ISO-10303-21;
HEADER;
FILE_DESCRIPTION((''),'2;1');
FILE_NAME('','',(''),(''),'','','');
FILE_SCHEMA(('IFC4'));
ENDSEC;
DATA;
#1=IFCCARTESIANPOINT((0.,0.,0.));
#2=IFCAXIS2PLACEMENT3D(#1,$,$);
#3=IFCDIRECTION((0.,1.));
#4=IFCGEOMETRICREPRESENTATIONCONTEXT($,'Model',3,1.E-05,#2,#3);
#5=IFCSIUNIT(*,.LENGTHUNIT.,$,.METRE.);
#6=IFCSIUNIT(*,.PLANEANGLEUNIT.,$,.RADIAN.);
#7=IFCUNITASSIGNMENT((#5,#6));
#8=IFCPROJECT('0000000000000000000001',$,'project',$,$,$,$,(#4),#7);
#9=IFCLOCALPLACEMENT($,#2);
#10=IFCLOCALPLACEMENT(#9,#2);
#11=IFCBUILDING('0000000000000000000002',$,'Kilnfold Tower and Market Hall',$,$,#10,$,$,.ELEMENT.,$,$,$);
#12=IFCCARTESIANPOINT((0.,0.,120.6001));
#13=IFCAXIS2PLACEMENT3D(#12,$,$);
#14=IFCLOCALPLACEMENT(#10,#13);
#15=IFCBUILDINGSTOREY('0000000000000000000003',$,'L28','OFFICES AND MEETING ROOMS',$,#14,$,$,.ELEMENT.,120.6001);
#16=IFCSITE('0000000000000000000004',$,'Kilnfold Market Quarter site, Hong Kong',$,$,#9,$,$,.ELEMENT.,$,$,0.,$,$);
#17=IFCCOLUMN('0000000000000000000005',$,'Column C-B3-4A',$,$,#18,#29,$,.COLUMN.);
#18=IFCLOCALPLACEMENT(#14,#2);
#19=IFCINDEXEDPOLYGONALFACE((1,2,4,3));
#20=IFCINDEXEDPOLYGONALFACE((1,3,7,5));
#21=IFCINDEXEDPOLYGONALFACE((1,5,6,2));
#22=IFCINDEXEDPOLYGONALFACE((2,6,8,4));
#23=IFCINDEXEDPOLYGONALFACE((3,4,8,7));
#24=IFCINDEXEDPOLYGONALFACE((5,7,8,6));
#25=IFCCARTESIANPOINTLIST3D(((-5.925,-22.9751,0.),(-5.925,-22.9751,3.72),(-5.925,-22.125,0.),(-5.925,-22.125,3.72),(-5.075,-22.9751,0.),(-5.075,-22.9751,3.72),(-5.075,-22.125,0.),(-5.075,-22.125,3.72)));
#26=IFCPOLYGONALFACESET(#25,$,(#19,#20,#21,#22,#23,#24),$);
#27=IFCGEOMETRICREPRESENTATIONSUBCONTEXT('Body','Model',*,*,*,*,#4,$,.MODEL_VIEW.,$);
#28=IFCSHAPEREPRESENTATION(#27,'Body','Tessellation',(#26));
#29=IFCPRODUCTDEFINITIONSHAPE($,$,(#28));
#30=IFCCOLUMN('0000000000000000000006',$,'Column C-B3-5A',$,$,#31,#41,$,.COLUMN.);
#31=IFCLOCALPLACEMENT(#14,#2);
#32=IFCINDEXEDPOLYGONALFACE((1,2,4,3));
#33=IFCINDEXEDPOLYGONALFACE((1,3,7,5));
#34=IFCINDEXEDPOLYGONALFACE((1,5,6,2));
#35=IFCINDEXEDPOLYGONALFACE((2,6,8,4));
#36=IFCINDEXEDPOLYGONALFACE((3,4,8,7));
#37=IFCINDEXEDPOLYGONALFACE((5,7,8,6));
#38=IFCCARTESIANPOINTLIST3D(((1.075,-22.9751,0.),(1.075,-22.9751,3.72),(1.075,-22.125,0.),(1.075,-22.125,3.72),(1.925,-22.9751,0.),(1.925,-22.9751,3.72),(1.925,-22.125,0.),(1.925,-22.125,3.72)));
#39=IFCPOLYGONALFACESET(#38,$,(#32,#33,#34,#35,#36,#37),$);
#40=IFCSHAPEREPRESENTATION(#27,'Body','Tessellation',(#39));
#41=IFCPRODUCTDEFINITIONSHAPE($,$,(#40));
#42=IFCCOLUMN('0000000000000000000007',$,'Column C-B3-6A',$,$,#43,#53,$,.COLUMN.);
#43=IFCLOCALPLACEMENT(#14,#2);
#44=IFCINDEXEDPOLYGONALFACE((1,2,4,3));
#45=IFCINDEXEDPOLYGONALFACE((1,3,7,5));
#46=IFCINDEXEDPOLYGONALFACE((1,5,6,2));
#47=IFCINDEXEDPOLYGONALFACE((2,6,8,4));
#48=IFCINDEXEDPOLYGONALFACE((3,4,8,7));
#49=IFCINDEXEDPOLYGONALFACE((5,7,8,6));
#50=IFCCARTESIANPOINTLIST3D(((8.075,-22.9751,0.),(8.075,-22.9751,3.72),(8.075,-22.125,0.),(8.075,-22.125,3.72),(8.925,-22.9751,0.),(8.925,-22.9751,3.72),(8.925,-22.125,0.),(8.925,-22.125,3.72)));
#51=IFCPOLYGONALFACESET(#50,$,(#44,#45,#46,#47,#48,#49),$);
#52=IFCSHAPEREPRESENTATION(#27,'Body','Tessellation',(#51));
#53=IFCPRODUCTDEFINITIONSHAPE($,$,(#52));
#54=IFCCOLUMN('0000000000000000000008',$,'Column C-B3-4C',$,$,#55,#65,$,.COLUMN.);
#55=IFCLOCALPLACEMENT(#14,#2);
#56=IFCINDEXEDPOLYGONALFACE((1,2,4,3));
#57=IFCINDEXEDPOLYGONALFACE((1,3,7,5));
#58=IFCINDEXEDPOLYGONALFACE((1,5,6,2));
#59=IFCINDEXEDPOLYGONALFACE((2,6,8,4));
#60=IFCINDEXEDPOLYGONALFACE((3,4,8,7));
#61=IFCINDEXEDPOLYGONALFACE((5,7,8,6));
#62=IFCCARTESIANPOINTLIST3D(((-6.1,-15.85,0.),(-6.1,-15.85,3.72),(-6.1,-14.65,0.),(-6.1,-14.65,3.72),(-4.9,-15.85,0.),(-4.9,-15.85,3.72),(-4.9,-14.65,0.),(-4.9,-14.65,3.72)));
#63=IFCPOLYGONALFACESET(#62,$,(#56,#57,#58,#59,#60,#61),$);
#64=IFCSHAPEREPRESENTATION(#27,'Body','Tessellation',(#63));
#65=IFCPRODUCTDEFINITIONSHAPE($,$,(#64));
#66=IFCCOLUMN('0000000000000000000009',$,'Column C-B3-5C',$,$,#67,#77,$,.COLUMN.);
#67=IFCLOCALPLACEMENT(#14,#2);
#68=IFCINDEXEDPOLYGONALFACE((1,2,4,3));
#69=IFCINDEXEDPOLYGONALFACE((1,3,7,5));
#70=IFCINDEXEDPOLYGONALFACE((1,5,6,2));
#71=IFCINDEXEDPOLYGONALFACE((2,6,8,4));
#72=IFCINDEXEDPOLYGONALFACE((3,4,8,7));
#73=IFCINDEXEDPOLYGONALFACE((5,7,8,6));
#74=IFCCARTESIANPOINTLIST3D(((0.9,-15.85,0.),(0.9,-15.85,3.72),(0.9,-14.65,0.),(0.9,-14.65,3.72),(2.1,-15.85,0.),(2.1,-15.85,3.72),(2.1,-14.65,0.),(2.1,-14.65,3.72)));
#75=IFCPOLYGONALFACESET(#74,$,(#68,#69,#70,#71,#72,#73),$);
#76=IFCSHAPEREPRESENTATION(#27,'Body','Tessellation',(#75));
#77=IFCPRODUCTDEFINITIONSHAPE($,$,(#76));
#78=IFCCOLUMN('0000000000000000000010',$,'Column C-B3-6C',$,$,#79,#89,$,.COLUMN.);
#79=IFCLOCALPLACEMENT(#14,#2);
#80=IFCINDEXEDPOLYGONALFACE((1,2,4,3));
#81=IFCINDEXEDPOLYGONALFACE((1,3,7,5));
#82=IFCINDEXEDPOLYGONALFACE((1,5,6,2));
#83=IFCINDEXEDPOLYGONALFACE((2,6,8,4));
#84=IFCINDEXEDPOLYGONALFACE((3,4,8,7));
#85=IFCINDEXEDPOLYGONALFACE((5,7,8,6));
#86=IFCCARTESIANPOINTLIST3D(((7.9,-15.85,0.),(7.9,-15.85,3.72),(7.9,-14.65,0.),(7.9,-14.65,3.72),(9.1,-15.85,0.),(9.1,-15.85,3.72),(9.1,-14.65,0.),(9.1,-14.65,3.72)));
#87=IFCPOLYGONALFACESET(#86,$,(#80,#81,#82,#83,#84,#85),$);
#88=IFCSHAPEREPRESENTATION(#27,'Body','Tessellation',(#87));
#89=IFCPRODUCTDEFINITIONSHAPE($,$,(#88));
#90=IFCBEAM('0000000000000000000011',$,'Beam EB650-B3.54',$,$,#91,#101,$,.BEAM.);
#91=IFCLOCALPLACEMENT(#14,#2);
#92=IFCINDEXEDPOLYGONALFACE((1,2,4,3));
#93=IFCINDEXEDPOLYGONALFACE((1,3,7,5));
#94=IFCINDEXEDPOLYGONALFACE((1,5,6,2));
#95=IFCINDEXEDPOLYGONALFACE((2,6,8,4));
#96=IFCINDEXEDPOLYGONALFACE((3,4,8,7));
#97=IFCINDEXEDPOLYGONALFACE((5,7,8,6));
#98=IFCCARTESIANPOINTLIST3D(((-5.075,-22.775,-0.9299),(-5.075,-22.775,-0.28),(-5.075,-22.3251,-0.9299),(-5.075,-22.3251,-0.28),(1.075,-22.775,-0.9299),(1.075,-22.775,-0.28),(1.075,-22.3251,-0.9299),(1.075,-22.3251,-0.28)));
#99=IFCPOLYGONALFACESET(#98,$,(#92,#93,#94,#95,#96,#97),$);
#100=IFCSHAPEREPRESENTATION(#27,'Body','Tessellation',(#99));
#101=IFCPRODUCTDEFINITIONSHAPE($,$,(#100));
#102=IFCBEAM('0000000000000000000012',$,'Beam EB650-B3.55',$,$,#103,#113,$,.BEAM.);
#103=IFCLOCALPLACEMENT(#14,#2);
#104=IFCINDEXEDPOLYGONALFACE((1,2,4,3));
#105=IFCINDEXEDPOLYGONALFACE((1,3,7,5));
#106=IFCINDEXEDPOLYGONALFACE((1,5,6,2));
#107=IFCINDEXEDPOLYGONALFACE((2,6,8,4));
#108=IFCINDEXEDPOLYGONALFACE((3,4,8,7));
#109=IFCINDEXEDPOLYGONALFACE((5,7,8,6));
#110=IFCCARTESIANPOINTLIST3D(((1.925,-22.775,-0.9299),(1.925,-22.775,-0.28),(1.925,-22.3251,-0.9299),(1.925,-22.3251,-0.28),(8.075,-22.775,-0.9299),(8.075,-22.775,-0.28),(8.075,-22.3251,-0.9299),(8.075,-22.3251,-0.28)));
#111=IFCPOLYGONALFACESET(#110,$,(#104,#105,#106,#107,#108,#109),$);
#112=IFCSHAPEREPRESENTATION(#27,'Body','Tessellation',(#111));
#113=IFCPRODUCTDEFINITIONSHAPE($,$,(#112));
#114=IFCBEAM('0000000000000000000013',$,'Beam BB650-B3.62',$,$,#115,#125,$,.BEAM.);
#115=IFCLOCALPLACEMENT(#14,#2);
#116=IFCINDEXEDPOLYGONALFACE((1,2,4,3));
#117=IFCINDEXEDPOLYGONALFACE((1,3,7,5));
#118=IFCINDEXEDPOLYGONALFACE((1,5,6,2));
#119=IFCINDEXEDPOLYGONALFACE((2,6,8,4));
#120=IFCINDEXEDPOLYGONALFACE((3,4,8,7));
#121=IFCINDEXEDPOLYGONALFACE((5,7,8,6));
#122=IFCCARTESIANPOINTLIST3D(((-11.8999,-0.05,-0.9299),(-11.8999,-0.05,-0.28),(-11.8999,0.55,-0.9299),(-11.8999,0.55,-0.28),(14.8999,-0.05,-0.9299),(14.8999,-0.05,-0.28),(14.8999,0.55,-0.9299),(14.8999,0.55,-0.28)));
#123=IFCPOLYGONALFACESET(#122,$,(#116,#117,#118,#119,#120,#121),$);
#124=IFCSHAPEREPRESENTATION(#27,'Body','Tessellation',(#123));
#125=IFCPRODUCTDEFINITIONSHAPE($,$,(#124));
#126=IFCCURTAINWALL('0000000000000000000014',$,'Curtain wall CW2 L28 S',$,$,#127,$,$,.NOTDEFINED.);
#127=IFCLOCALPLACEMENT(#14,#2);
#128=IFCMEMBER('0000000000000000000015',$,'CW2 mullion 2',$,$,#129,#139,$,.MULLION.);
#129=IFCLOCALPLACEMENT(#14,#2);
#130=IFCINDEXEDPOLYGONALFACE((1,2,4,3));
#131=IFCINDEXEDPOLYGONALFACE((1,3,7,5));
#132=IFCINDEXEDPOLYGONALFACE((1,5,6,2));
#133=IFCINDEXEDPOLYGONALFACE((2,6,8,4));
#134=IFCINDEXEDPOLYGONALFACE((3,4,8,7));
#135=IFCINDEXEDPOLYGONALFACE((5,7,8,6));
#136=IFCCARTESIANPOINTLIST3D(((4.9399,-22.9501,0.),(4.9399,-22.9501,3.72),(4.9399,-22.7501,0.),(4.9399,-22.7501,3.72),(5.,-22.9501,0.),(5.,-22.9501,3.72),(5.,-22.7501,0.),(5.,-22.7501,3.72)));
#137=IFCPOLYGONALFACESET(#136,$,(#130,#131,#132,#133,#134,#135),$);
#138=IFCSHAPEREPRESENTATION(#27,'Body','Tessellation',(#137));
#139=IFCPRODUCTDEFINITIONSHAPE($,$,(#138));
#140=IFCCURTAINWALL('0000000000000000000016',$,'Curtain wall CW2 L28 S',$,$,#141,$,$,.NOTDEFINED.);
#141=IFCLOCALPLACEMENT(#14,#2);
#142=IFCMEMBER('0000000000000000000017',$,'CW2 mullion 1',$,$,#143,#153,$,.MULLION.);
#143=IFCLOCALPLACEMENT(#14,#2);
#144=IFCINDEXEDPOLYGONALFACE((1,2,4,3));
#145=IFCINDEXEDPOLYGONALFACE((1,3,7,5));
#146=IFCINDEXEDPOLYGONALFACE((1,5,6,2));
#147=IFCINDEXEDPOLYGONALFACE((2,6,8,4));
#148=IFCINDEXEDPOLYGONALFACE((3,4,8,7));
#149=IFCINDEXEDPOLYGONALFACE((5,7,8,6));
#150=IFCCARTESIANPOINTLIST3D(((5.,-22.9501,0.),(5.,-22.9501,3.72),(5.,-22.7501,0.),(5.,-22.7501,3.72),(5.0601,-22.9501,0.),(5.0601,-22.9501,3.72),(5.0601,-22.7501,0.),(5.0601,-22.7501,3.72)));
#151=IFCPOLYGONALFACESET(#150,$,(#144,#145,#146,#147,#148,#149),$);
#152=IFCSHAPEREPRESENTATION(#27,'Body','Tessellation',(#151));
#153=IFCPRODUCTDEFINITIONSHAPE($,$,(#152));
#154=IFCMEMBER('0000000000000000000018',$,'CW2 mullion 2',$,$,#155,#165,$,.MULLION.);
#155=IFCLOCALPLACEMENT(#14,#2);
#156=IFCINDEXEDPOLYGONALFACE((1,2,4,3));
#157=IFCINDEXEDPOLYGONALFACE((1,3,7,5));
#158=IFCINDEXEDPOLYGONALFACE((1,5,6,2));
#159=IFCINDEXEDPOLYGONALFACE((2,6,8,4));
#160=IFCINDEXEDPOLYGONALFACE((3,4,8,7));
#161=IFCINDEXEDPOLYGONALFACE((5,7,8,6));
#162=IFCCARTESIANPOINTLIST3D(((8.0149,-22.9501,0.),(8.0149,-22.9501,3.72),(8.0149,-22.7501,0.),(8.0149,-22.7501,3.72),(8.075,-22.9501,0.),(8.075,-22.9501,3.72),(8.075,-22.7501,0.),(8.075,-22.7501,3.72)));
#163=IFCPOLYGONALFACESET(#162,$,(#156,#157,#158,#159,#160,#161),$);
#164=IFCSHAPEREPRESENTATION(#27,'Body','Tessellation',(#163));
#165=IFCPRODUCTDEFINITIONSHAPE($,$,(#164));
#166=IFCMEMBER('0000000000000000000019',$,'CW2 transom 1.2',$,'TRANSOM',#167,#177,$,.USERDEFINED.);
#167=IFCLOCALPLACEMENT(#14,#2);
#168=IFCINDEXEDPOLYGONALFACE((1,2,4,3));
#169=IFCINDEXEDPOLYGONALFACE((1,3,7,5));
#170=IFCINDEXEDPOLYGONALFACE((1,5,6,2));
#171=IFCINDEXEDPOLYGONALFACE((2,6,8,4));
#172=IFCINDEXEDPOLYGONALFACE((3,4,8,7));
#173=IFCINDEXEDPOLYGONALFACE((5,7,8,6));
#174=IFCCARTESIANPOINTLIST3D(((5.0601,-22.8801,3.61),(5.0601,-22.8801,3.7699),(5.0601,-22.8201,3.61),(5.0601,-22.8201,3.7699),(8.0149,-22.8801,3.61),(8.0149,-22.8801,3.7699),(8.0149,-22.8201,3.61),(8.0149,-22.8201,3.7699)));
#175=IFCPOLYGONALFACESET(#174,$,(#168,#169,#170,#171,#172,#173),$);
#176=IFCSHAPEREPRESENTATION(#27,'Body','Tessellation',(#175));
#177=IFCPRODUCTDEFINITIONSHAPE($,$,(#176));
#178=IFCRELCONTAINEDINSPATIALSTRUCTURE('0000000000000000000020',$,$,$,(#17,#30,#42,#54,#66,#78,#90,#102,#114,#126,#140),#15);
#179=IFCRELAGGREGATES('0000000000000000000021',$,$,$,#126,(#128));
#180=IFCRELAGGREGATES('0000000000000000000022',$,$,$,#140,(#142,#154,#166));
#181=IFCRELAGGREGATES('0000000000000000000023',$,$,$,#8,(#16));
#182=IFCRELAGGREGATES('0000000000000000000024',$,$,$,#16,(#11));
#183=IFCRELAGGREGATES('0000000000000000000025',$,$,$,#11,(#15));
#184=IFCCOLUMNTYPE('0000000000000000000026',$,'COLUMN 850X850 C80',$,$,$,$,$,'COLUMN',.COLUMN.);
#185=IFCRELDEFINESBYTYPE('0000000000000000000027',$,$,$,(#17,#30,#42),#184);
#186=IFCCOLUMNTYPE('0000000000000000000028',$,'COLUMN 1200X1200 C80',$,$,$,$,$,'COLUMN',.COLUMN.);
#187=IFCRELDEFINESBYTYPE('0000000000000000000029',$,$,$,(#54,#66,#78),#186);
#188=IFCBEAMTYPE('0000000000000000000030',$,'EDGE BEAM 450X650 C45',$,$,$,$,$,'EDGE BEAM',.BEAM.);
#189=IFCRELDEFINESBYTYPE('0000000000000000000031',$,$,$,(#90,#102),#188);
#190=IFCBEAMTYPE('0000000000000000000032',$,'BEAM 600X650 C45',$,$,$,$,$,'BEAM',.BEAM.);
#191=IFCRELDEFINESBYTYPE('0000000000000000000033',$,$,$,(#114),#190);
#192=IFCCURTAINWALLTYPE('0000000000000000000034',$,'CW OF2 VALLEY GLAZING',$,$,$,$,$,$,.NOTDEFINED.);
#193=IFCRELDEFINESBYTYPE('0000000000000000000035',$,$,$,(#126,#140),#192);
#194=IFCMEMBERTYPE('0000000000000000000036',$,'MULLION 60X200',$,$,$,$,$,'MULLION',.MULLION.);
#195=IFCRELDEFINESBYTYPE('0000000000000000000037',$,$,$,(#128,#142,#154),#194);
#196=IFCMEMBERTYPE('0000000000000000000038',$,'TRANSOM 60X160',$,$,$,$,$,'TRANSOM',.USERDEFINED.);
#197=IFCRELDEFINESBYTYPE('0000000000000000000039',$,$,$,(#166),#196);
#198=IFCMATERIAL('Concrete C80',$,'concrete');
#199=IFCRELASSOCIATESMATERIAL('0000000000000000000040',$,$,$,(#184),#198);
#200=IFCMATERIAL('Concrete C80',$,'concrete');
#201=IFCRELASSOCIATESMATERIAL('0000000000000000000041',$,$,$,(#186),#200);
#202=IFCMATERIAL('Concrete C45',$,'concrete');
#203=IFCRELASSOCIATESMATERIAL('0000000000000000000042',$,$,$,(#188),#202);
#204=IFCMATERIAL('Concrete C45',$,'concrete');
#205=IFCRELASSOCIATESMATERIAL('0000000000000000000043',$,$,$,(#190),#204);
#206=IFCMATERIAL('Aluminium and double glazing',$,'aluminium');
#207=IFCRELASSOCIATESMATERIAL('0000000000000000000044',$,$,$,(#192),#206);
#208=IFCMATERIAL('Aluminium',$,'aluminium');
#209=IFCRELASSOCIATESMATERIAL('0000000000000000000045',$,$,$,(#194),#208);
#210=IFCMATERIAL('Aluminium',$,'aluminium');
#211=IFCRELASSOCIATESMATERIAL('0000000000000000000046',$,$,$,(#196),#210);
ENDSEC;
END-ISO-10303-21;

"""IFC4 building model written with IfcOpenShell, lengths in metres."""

from ifc_helpers import new_model, si_unit, direction, frame, origin, origin_2d, place, context, subcontext, project, spatial, rectangle, extrude, source, transform, mapped, material, material_profile, profile_set, type_object, element, aggregate, save


model = new_model("IFC4")

# Units and contexts
model_context = context("Model", 3, precision=1e-05, world=origin(), true_north=direction((0.0, 1.0)))
body_context = subcontext(model_context, "Body", "Model", "MODEL_VIEW")
ifc_project = project(units=[si_unit("LENGTHUNIT", "METRE"), si_unit("PLANEANGLEUNIT", "RADIAN")], contexts=[model_context])

# Site, building, storey
site_placement = place(None, origin())
site = spatial("IfcSite", under=ifc_project, at=site_placement, Name="Kilnfold Market Quarter site, Hong Kong", CompositionType="ELEMENT", RefElevation=0.0)
building_placement = place(site_placement, origin())
building = spatial("IfcBuilding", under=site, at=building_placement, Name="Kilnfold Tower and Market Hall", CompositionType="ELEMENT")
storey_placement = place(building_placement, frame((0.0, 0.0, 120.6001)))
storey = spatial("IfcBuildingStorey", under=building, at=storey_placement, Name="L28", Description="OFFICES AND MEETING ROOMS", CompositionType="ELEMENT", Elevation=120.6001)

# Columns
ifc_material_1 = material(Name="Concrete C80", Category="concrete")
ifc_material_profile_1 = material_profile(ifc_material_1, rectangle(XDim=0.8501, YDim=0.8501, at=origin_2d()), Name="RC 850x850")
ifc_profile_set_1 = profile_set([ifc_material_profile_1], Name="Concrete C80")
column_type_1 = type_object("IfcColumnType", Name="COLUMN 850X850 C80", ElementType="COLUMN", PredefinedType="COLUMN", material=ifc_profile_set_1)
shared_shape_1 = source(origin(), body_context, "Body", "SweptSolid", [
    extrude(rectangle(XDim=0.8501, YDim=0.8501, at=origin_2d()), origin(), (0.0, 0.0, 1.0), 3.72),
])
for number, where, z_axis, x_axis, name in (
    (1, (-5.5, -22.55, 0.0), (0.0, 0.0, 1.0), (1.0, 0.0, 0.0), "Column C-B3-4A"),
    (2, (1.5, -22.55, 0.0), (0.0, 0.0, 1.0), (1.0, 0.0, 0.0), "Column C-B3-5A"),
    (3, (8.5, -22.55, 0.0), (0.0, 0.0, 1.0), (1.0, 0.0, 0.0), "Column C-B3-6A"),
):
    element("IfcColumn", number, at=place(storey_placement, frame(where, z_axis=z_axis, x_axis=x_axis)), inside=storey, type_object=column_type_1, Name=name, PredefinedType="COLUMN", context=body_context, shape_type="MappedRepresentation", body=[
        mapped(shared_shape_1, transform((0.0, 0.0, 0.0))),
    ])
ifc_material_2 = material(Name="Concrete C80", Category="concrete")
ifc_material_profile_2 = material_profile(ifc_material_2, rectangle(XDim=1.2, YDim=1.2, at=origin_2d()), Name="RC 1200x1200")
ifc_profile_set_2 = profile_set([ifc_material_profile_2], Name="Concrete C80")
column_type_2 = type_object("IfcColumnType", Name="COLUMN 1200X1200 C80", ElementType="COLUMN", PredefinedType="COLUMN", material=ifc_profile_set_2)
shared_shape_2 = source(origin(), body_context, "Body", "SweptSolid", [
    extrude(rectangle(XDim=1.2, YDim=1.2, at=origin_2d()), origin(), (0.0, 0.0, 1.0), 3.72),
])
for number, where, z_axis, x_axis, name in (
    (4, (-5.5, -15.25, 0.0), (0.0, 0.0, 1.0), (1.0, 0.0, 0.0), "Column C-B3-4C"),
    (5, (1.5, -15.25, 0.0), (0.0, 0.0, 1.0), (1.0, 0.0, 0.0), "Column C-B3-5C"),
    (6, (8.5, -15.25, 0.0), (0.0, 0.0, 1.0), (1.0, 0.0, 0.0), "Column C-B3-6C"),
):
    element("IfcColumn", number, at=place(storey_placement, frame(where, z_axis=z_axis, x_axis=x_axis)), inside=storey, type_object=column_type_2, Name=name, PredefinedType="COLUMN", context=body_context, shape_type="MappedRepresentation", body=[
        mapped(shared_shape_2, transform((0.0, 0.0, 0.0))),
    ])

# Beams
ifc_material_3 = material(Name="Concrete C45", Category="concrete")
ifc_material_profile_3 = material_profile(ifc_material_3, rectangle(XDim=0.45, YDim=0.6499, at=origin_2d()), Name="RC 450x650")
ifc_profile_set_3 = profile_set([ifc_material_profile_3], Name="Concrete C45")
beam_type_1 = type_object("IfcBeamType", Name="EDGE BEAM 450X650 C45", ElementType="EDGE BEAM", PredefinedType="BEAM", material=ifc_profile_set_3)
shared_shape_3 = source(origin(), body_context, "Body", "SweptSolid", [
    extrude(rectangle(XDim=0.45, YDim=0.6499, at=origin_2d()), origin(), (0.0, 0.0, 1.0), 6.1499),
])
for number, where, z_axis, x_axis, name in (
    (7, (-5.075, -22.55, -0.605), (1.0, 0.0, 0.0), (0.0, 1.0, 0.0), "Beam EB650-B3.54"),
    (8, (1.925, -22.55, -0.605), (1.0, 0.0, 0.0), (0.0, 1.0, 0.0), "Beam EB650-B3.55"),
):
    element("IfcBeam", number, at=place(storey_placement, frame(where, z_axis=z_axis, x_axis=x_axis)), inside=storey, type_object=beam_type_1, Name=name, PredefinedType="BEAM", context=body_context, shape_type="MappedRepresentation", body=[
        mapped(shared_shape_3, transform((0.0, 0.0, 0.0))),
    ])
ifc_material_4 = material(Name="Concrete C45", Category="concrete")
ifc_material_profile_4 = material_profile(ifc_material_4, rectangle(XDim=0.6001, YDim=0.6499, at=origin_2d()), Name="RC 600x650")
ifc_profile_set_4 = profile_set([ifc_material_profile_4], Name="Concrete C45")
beam_type_2 = type_object("IfcBeamType", Name="BEAM 600X650 C45", ElementType="BEAM", PredefinedType="BEAM", material=ifc_profile_set_4)
shared_shape_4 = source(origin(), body_context, "Body", "SweptSolid", [
    extrude(rectangle(XDim=0.6001, YDim=0.6499, at=origin_2d()), origin(), (0.0, 0.0, 1.0), 26.7998),
])
beam_placement = place(storey_placement, frame((-11.8999, 0.25, -0.605), z_axis=(1.0, 0.0, 0.0), x_axis=(0.0, 1.0, 0.0)))
element("IfcBeam", 9, at=beam_placement, inside=storey, type_object=beam_type_2, Name="Beam BB650-B3.62", PredefinedType="BEAM", context=body_context, shape_type="MappedRepresentation", body=[
    mapped(shared_shape_4, transform((0.0, 0.0, 0.0))),
])

# Curtain wall, member
ifc_material_5 = material(Name="Aluminium and double glazing", Category="aluminium")
curtain_wall_type = type_object("IfcCurtainWallType", Name="CW OF2 VALLEY GLAZING", PredefinedType="NOTDEFINED", material=ifc_material_5)
curtain_wall_1_placement = place(storey_placement, origin())
curtain_wall_1 = element("IfcCurtainWall", 10, at=curtain_wall_1_placement, inside=storey, type_object=curtain_wall_type, Name="Curtain wall CW2 L28 S", PredefinedType="NOTDEFINED")
ifc_material_6 = material(Name="Aluminium", Category="aluminium")
ifc_material_profile_5 = material_profile(ifc_material_6, rectangle(XDim=0.0601, YDim=0.2, at=origin_2d()), Name="MULLION 60x200")
ifc_profile_set_5 = profile_set([ifc_material_profile_5], Name="Aluminium")
member_type_1 = type_object("IfcMemberType", Name="MULLION 60X200", ElementType="MULLION", PredefinedType="MULLION", material=ifc_profile_set_5)
shared_shape_5 = source(origin(), body_context, "Body", "SweptSolid", [
    extrude(rectangle(XDim=0.0601, YDim=0.2, at=origin_2d()), origin(), (0.0, 0.0, 1.0), 3.72),
])
member_1_placement = place(storey_placement, frame((4.97, -22.8501, 0.0), z_axis=(0.0, 0.0, 1.0), x_axis=(1.0, 0.0, 0.0)))
member_1 = element("IfcMember", 11, at=member_1_placement, type_object=member_type_1, Name="CW2 mullion 2", PredefinedType="MULLION", context=body_context, shape_type="MappedRepresentation", body=[
    mapped(shared_shape_5, transform((0.0, 0.0, 0.0))),
])
aggregate(curtain_wall_1, [member_1])

# Curtain wall, members
curtain_wall_2_placement = place(storey_placement, origin())
curtain_wall_2 = element("IfcCurtainWall", 12, at=curtain_wall_2_placement, inside=storey, type_object=curtain_wall_type, Name="Curtain wall CW2 L28 S", PredefinedType="NOTDEFINED")
member_2_placement = place(storey_placement, frame((5.03, -22.8501, 0.0), z_axis=(0.0, 0.0, 1.0), x_axis=(1.0, 0.0, 0.0)))
member_2 = element("IfcMember", 13, at=member_2_placement, type_object=member_type_1, Name="CW2 mullion 1", PredefinedType="MULLION", context=body_context, shape_type="MappedRepresentation", body=[
    mapped(shared_shape_5, transform((0.0, 0.0, 0.0))),
])
member_3_placement = place(storey_placement, frame((8.0449, -22.8501, 0.0), z_axis=(0.0, 0.0, 1.0), x_axis=(1.0, 0.0, 0.0)))
member_3 = element("IfcMember", 14, at=member_3_placement, type_object=member_type_1, Name="CW2 mullion 2", PredefinedType="MULLION", context=body_context, shape_type="MappedRepresentation", body=[
    mapped(shared_shape_5, transform((0.0, 0.0, 0.0))),
])
ifc_material_7 = material(Name="Aluminium", Category="aluminium")
ifc_material_profile_6 = material_profile(ifc_material_7, rectangle(XDim=0.0601, YDim=0.1599, at=origin_2d()), Name="TRANSOM 60x160")
ifc_profile_set_6 = profile_set([ifc_material_profile_6], Name="Aluminium")
member_type_2 = type_object("IfcMemberType", Name="TRANSOM 60X160", ElementType="TRANSOM", PredefinedType="USERDEFINED", material=ifc_profile_set_6)
shared_shape_6 = source(origin(), body_context, "Body", "SweptSolid", [
    extrude(rectangle(XDim=0.0601, YDim=0.1599, at=origin_2d()), origin(), (0.0, 0.0, 1.0), 2.9548),
])
member_4_placement = place(storey_placement, frame((5.0601, -22.8501, 3.6899), z_axis=(1.0, 0.0, 0.0), x_axis=(0.0, 1.0, 0.0)))
member_4 = element("IfcMember", 15, at=member_4_placement, type_object=member_type_2, Name="CW2 transom 1.2", ObjectType="TRANSOM", PredefinedType="USERDEFINED", context=body_context, shape_type="MappedRepresentation", body=[
    mapped(shared_shape_6, transform((0.0, 0.0, 0.0))),
])

aggregate(curtain_wall_2, [member_2, member_3, member_4])

save(model, "model.ifc")
